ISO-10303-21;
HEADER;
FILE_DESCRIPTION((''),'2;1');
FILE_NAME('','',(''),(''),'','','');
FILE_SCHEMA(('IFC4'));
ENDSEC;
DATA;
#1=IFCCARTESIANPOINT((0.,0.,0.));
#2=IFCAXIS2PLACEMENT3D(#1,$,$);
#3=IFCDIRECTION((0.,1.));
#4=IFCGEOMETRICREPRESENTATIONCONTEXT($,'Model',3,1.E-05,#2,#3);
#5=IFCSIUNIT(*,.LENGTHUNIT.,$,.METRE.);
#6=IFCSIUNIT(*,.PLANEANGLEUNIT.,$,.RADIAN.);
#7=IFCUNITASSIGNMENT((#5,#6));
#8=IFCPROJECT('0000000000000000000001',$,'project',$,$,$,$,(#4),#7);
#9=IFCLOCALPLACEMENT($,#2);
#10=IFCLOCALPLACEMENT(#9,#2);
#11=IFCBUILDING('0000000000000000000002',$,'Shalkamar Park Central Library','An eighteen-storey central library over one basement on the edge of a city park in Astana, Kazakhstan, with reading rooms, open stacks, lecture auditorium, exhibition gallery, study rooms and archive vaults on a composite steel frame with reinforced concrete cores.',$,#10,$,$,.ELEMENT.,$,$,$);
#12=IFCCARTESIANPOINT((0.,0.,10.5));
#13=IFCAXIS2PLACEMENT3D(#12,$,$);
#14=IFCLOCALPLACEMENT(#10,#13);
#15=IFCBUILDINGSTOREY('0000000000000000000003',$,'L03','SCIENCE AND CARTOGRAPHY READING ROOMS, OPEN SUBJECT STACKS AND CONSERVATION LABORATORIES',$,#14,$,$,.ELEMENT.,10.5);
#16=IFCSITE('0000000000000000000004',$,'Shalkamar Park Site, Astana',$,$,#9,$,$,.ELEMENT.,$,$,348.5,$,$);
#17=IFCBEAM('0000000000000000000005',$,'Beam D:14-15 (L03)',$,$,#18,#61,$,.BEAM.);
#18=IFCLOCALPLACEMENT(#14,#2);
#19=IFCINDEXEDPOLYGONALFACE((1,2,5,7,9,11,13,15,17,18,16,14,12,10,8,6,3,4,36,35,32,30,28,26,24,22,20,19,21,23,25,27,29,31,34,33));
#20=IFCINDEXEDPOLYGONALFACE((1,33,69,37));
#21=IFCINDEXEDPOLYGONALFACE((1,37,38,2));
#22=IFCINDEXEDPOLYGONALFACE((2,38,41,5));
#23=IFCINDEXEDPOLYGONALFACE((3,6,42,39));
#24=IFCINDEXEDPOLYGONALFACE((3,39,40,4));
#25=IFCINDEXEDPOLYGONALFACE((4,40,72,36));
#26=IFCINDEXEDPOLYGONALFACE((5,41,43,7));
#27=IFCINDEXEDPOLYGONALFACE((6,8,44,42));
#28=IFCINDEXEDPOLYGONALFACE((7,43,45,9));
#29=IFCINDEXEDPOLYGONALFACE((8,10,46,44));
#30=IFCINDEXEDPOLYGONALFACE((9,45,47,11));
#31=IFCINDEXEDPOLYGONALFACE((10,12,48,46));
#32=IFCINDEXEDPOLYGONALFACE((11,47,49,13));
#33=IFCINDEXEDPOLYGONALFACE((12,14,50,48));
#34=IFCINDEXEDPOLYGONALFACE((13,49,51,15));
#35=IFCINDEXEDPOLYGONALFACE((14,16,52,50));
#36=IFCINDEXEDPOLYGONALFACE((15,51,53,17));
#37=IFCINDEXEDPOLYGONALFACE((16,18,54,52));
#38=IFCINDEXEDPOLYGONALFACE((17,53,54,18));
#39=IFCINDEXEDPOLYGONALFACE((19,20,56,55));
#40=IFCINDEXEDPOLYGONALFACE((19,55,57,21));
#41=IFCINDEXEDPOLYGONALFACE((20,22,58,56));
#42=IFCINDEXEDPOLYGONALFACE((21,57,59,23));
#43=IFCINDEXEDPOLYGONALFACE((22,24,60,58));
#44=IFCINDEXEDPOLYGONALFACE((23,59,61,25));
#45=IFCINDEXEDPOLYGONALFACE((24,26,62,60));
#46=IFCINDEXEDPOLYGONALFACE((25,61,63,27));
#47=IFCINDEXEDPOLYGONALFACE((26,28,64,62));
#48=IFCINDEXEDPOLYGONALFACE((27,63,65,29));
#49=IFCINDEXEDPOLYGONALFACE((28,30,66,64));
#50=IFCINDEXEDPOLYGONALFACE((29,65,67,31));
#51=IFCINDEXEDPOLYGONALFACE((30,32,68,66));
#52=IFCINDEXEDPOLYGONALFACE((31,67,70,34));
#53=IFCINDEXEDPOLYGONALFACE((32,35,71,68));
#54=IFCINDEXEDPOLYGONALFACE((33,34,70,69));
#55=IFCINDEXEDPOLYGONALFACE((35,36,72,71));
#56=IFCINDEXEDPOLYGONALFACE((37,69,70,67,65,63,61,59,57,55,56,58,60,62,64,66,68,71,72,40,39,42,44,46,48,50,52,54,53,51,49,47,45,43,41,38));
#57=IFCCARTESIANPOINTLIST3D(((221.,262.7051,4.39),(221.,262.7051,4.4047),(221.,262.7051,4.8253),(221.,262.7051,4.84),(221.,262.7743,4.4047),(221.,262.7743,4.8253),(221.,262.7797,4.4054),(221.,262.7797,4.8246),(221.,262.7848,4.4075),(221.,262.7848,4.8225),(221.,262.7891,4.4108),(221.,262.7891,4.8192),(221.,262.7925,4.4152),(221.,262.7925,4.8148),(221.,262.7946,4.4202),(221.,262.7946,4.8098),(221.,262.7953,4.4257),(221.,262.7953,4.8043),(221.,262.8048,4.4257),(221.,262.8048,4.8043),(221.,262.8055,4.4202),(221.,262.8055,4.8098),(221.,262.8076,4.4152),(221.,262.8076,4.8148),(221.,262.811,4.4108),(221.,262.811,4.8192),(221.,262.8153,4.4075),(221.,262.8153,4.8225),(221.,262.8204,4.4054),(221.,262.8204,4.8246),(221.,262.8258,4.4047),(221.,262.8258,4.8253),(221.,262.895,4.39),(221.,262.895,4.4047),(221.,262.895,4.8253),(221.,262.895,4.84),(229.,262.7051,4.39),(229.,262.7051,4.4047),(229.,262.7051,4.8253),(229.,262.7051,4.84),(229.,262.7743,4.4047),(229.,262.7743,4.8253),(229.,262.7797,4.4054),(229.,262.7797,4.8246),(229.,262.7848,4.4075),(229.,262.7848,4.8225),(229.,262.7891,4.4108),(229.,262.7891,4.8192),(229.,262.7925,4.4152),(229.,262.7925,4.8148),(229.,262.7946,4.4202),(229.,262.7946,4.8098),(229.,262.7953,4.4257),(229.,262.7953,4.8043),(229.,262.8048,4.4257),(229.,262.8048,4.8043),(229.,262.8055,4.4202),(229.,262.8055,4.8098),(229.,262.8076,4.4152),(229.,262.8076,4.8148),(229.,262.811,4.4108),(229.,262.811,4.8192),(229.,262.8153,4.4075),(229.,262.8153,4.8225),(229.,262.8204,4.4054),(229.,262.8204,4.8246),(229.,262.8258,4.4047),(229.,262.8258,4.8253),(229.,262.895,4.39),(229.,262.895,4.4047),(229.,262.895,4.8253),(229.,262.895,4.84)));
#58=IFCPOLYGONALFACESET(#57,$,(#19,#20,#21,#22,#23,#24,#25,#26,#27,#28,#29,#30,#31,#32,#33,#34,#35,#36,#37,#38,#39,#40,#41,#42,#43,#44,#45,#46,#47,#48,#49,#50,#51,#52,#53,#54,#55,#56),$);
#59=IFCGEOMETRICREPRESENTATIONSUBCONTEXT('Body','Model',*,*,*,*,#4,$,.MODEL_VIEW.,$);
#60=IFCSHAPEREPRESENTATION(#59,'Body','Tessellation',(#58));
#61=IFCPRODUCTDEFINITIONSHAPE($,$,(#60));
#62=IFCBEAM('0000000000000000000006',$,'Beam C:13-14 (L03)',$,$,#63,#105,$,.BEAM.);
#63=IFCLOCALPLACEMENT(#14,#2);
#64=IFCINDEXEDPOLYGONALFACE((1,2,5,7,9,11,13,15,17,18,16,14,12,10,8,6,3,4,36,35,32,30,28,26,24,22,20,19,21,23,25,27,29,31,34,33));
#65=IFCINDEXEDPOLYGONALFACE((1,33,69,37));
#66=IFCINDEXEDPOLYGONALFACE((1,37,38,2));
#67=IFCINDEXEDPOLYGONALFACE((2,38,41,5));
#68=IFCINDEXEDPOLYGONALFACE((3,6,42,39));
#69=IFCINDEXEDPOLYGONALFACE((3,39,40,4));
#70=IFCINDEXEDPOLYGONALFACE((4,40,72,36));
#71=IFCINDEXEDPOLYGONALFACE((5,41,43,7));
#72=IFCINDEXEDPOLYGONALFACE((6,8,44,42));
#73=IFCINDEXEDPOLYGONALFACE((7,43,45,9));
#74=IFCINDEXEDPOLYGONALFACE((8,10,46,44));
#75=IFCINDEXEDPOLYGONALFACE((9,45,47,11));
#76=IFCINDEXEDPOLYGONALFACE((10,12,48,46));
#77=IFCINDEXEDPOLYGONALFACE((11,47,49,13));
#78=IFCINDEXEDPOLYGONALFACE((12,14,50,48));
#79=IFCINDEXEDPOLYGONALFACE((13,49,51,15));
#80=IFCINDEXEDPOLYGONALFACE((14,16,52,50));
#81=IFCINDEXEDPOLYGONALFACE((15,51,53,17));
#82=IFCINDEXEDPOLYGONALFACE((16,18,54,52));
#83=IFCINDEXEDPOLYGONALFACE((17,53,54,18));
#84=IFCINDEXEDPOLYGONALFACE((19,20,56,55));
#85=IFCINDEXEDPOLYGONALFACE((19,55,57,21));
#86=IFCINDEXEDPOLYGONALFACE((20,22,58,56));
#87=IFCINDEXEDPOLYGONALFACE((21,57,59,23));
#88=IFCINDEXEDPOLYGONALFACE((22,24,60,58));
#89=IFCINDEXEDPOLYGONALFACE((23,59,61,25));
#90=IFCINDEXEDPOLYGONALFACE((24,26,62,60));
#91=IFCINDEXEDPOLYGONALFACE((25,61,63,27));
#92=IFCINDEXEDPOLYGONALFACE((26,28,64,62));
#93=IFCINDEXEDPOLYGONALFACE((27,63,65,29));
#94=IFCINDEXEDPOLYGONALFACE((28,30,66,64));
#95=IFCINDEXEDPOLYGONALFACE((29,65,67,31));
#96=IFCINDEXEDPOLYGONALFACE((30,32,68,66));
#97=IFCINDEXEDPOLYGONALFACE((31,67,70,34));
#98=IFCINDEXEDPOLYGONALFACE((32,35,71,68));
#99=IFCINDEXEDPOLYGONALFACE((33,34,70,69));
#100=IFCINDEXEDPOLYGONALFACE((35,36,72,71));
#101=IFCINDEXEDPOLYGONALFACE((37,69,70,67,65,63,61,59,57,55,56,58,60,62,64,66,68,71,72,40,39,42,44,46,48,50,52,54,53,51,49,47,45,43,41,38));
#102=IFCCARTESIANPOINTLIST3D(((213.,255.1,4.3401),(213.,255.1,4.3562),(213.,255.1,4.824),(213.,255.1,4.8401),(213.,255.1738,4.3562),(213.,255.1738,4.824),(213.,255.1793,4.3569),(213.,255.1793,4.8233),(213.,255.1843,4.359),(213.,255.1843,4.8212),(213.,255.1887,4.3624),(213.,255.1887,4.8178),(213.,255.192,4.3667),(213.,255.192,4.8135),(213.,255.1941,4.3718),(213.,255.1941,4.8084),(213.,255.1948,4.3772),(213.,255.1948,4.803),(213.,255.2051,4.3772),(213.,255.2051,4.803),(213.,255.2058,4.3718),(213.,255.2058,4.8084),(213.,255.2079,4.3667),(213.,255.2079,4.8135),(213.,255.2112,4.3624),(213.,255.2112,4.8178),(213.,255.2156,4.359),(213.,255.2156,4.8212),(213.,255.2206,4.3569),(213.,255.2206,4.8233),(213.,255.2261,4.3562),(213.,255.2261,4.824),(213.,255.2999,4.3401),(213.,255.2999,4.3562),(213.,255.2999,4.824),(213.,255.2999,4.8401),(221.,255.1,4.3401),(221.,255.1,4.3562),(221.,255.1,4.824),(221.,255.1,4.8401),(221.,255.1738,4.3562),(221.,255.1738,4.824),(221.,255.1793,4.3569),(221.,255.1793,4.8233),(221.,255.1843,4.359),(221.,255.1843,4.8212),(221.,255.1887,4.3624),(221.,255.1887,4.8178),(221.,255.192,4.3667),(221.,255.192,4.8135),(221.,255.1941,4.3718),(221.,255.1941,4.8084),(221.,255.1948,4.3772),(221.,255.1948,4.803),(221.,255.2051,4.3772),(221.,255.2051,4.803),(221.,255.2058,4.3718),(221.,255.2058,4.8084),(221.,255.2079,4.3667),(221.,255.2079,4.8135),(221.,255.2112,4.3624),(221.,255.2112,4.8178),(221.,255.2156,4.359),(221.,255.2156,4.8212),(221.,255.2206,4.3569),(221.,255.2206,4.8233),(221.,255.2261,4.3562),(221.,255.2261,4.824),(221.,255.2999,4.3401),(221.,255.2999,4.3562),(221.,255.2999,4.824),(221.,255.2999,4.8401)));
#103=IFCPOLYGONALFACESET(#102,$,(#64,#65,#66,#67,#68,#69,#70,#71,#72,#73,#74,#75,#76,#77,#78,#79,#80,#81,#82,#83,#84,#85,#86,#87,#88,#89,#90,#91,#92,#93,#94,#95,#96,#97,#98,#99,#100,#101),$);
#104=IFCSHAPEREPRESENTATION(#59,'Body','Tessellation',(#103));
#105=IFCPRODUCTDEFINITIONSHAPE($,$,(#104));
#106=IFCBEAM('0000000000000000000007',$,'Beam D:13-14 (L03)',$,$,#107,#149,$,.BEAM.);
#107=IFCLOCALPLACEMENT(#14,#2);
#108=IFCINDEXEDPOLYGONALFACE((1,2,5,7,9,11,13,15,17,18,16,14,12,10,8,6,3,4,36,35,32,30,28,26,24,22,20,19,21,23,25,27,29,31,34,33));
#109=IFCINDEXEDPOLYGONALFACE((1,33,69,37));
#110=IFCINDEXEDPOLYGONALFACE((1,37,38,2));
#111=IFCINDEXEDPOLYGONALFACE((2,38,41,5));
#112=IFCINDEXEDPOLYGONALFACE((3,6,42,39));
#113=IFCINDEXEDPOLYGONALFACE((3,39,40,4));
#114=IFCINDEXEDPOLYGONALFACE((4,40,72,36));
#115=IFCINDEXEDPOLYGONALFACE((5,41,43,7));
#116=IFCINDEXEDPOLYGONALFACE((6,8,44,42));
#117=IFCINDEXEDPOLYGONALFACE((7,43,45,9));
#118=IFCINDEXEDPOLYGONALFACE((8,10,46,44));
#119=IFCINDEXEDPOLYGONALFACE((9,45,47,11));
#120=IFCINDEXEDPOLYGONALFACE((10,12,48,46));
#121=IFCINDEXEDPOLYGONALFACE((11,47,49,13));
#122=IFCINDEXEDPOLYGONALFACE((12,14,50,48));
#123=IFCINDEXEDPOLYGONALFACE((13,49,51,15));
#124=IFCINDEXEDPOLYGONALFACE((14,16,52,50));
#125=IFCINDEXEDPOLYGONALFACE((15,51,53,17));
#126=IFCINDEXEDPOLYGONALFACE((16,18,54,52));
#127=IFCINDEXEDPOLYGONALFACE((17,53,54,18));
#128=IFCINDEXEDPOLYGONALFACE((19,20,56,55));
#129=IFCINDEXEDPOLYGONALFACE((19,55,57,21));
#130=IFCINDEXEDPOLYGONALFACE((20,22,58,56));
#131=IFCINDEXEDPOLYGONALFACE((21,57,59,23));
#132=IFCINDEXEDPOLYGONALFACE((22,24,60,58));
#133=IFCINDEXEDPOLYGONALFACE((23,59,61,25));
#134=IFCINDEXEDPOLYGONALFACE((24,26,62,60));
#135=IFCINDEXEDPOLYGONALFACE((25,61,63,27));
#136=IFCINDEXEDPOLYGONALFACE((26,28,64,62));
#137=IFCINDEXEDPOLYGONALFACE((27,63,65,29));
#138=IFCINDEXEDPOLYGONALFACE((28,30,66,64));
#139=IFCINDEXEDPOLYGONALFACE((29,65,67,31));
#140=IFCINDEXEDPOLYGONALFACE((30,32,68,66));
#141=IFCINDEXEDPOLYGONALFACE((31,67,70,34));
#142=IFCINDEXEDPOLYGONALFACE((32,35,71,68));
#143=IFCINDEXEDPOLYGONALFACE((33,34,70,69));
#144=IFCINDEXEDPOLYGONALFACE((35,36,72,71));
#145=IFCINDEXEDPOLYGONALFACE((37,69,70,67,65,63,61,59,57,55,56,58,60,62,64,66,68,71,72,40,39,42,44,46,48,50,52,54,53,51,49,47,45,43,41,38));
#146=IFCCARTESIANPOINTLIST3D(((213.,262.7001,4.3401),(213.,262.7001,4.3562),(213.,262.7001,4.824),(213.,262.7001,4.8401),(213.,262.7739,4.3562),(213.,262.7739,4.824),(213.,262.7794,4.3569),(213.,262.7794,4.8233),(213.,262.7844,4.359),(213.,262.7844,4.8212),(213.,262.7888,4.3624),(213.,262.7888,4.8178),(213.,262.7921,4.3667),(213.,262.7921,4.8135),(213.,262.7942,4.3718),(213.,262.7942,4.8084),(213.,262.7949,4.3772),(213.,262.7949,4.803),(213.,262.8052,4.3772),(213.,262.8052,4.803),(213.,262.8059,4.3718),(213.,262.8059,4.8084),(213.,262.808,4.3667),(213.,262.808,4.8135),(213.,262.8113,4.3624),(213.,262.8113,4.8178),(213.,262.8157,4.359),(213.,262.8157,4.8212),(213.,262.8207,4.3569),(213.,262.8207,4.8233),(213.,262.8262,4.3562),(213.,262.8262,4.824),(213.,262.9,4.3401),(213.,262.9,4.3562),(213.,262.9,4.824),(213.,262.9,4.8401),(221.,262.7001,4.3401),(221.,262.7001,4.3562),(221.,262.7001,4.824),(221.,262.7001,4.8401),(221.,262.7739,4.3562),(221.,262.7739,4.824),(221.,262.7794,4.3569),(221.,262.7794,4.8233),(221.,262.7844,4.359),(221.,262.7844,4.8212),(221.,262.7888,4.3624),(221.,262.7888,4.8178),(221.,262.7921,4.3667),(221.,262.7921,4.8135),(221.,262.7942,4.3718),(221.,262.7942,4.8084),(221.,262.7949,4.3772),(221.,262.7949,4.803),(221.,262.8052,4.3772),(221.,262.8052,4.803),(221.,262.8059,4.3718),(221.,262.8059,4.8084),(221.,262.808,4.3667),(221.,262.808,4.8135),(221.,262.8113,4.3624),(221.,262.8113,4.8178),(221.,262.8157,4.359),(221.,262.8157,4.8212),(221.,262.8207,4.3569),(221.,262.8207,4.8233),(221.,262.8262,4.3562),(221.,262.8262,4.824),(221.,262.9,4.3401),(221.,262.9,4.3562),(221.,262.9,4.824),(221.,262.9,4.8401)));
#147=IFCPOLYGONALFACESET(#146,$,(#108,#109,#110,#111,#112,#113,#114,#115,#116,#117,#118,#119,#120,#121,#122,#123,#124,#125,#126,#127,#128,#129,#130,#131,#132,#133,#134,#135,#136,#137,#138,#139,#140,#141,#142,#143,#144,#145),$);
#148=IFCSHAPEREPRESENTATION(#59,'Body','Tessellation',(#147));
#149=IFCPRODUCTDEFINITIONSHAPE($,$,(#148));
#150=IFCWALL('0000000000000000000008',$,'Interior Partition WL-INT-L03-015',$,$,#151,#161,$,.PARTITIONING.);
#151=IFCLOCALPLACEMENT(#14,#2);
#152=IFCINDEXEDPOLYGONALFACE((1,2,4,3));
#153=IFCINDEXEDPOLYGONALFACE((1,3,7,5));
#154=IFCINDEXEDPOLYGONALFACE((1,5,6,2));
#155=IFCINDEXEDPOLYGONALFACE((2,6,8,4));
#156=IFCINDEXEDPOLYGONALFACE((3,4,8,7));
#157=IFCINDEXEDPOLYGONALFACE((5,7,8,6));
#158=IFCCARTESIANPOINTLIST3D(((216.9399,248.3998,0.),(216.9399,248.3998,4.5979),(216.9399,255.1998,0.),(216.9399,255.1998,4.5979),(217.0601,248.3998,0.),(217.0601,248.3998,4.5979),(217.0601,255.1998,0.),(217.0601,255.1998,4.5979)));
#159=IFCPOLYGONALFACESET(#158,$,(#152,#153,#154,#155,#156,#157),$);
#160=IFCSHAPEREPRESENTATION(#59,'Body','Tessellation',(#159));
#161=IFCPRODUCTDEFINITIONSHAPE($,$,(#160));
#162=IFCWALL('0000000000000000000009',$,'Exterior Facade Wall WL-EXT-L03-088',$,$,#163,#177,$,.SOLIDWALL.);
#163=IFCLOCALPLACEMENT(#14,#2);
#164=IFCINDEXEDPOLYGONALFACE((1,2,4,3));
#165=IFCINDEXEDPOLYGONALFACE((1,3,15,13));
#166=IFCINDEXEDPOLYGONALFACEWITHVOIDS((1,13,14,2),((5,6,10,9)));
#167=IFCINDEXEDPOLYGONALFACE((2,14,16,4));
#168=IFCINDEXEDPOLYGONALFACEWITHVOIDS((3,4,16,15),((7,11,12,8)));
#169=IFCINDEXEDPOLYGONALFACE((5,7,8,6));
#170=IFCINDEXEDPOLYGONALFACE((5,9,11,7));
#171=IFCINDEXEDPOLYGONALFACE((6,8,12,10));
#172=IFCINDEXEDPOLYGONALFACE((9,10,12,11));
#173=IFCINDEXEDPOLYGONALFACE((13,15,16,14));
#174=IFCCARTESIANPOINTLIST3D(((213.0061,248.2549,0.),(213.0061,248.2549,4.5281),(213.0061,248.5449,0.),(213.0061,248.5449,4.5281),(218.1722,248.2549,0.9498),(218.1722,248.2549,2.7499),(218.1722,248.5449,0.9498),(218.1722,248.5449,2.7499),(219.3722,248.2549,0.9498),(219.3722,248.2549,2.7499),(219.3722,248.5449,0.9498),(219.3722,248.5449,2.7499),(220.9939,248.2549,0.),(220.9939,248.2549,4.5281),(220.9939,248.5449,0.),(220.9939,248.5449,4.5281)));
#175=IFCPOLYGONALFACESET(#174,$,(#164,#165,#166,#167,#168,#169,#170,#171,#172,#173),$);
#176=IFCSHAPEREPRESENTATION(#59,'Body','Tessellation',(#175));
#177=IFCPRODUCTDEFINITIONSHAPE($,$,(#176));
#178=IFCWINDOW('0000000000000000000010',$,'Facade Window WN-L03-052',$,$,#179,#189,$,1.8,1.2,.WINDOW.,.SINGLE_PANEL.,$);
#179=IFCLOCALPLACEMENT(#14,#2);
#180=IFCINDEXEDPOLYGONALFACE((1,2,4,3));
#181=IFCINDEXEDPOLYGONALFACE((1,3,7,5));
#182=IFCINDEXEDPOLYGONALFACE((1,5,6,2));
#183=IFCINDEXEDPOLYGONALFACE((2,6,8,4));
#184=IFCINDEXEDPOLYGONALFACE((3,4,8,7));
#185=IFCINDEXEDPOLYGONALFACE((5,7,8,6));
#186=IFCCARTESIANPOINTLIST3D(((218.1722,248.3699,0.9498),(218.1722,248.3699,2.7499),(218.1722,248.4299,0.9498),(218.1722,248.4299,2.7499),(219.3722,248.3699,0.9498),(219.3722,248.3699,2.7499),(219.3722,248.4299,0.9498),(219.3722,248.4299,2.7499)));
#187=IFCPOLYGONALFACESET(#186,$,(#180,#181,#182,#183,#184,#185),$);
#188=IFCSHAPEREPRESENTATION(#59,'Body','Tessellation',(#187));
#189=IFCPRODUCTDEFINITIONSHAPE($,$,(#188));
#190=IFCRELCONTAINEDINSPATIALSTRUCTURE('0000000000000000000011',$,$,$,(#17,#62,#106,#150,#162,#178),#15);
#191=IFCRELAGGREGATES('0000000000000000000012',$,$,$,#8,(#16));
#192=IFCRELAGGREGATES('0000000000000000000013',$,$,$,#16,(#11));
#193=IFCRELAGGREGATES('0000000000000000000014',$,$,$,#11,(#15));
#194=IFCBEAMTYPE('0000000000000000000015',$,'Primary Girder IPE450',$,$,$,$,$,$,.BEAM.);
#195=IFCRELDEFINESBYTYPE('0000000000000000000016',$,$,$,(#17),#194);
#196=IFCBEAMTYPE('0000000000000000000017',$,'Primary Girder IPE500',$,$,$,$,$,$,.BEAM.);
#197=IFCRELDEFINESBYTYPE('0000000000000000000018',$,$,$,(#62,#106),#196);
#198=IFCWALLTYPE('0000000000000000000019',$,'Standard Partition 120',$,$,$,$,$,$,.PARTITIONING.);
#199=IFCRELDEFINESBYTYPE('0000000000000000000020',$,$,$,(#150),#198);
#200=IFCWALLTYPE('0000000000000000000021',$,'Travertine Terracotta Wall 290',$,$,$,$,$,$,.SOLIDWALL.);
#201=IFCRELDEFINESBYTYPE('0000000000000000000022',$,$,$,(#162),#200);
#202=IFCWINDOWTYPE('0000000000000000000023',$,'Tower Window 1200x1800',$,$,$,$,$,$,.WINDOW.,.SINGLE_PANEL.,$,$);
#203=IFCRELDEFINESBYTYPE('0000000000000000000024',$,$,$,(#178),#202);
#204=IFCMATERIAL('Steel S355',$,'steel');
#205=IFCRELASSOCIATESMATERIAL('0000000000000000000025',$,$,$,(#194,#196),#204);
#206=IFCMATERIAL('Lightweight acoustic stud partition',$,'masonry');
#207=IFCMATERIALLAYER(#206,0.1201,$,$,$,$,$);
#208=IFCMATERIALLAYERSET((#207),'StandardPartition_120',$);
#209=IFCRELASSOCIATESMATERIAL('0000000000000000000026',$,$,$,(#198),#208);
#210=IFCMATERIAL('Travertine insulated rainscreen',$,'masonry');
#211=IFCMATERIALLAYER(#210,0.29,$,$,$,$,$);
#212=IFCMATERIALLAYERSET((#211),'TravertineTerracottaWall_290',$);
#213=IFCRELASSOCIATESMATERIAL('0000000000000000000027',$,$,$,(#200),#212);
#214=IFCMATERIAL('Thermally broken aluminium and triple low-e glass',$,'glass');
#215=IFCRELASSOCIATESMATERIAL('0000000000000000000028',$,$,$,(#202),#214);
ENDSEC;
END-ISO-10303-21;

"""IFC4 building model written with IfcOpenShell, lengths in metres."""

from ifc_helpers import new_model, si_unit, direction, frame, frame_2d, origin, origin_2d, place, context, subcontext, project, spatial, rectangle, i_section, extrude, material, layer, layer_set, material_profile, profile_set, type_object, element, fill, save


model = new_model("IFC4")

# Units and contexts
model_context = context("Model", 3, precision=1e-05, world=origin(), true_north=direction((0.0, 1.0)))
body_context = subcontext(model_context, "Body", "Model", "MODEL_VIEW")
ifc_project = project(units=[si_unit("LENGTHUNIT", "METRE"), si_unit("PLANEANGLEUNIT", "RADIAN")], contexts=[model_context])

# Site, building, storey
site_placement = place(None, origin())
site = spatial("IfcSite", under=ifc_project, at=site_placement, Name="Shalkamar Park Site, Astana", CompositionType="ELEMENT", RefElevation=348.5)
building_placement = place(site_placement, origin())
building = spatial("IfcBuilding", under=site, at=building_placement, Name="Shalkamar Park Central Library", Description="An eighteen-storey central library over one basement on the edge of a city park in Astana, Kazakhstan, with reading rooms, open stacks, lecture auditorium, exhibition gallery, study rooms and archive vaults on a composite steel frame with reinforced concrete cores.", CompositionType="ELEMENT")
storey_placement = place(building_placement, frame((0.0, 0.0, 10.5)))
storey = spatial("IfcBuildingStorey", under=building, at=storey_placement, Name="L03", Description="SCIENCE AND CARTOGRAPHY READING ROOMS, OPEN SUBJECT STACKS AND CONSERVATION LABORATORIES", CompositionType="ELEMENT", Elevation=10.5)

# Shared definitions
ifc_material_1 = material(Name="Steel S355", Category="steel")

# Beams
ifc_material_profile_1 = material_profile(ifc_material_1, i_section(OverallWidth=0.1899, OverallDepth=0.45, WebThickness=0.0095, FlangeThickness=0.0146, FilletRadius=0.021, at=origin_2d()), Name="IPE 450")
ifc_profile_set_1 = profile_set([ifc_material_profile_1], Name="Steel S355")
beam_type_1 = type_object("IfcBeamType", Name="Primary Girder IPE450", PredefinedType="BEAM", material=ifc_profile_set_1)
for number, where, z_axis, x_axis, name in (
    (1, (221.0, 262.8, 4.615), (1.0, 0.0, 0.0), (0.0, 1.0, 0.0), "Beam D:14-15 (L03)"),
):
    element("IfcBeam", number, at=place(storey_placement, frame(where, z_axis=z_axis, x_axis=x_axis)), inside=storey, type_object=beam_type_1, Name=name, PredefinedType="BEAM", context=body_context, shape_type="SweptSolid", body=[
        extrude(i_section(OverallWidth=0.1899, OverallDepth=0.45, WebThickness=0.0095, FlangeThickness=0.0146, FilletRadius=0.021, at=origin_2d()), origin(), (0.0, 0.0, 1.0), 8.0),
    ])
ifc_material_profile_2 = material_profile(ifc_material_1, i_section(OverallWidth=0.2, OverallDepth=0.5, WebThickness=0.0103, FlangeThickness=0.0161, FilletRadius=0.021, at=origin_2d()), Name="IPE 500")
ifc_profile_set_2 = profile_set([ifc_material_profile_2], Name="Steel S355")
beam_type_2 = type_object("IfcBeamType", Name="Primary Girder IPE500", PredefinedType="BEAM", material=ifc_profile_set_2)
for number, where, z_axis, x_axis, name in (
    (2, (213.0, 255.2, 4.5901), (1.0, 0.0, 0.0), (0.0, 1.0, 0.0), "Beam C:13-14 (L03)"),
    (3, (213.0, 262.8, 4.5901), (1.0, 0.0, 0.0), (0.0, 1.0, 0.0), "Beam D:13-14 (L03)"),
):
    element("IfcBeam", number, at=place(storey_placement, frame(where, z_axis=z_axis, x_axis=x_axis)), inside=storey, type_object=beam_type_2, Name=name, PredefinedType="BEAM", context=body_context, shape_type="SweptSolid", body=[
        extrude(i_section(OverallWidth=0.2, OverallDepth=0.5, WebThickness=0.0103, FlangeThickness=0.0161, FilletRadius=0.021, at=origin_2d()), origin(), (0.0, 0.0, 1.0), 8.0),
    ])

# Wall
ifc_material_2 = material(Name="Lightweight acoustic stud partition", Category="masonry")
ifc_layer_1 = layer(ifc_material_2, 0.1201)
ifc_layer_set_1 = layer_set([ifc_layer_1], Name="StandardPartition_120")
wall_type_1 = type_object("IfcWallType", Name="Standard Partition 120", PredefinedType="PARTITIONING", material=ifc_layer_set_1)
wall_1_placement = place(storey_placement, frame((217.0, 248.3999, 0.0), z_axis=(0.0, 0.0, 1.0), x_axis=(0.0, 1.0, 0.0)))
element("IfcWall", 4, at=wall_1_placement, inside=storey, type_object=wall_type_1, Name="Interior Partition WL-INT-L03-015", PredefinedType="PARTITIONING", context=body_context, shape_type="SweptSolid", body=[
    extrude(rectangle(XDim=6.8, YDim=0.1201, at=frame_2d((3.3999, 0.0))), origin(), (0.0, 0.0, 1.0), 4.5979),
])

# Wall, opening, window
ifc_material_3 = material(Name="Travertine insulated rainscreen", Category="masonry")
ifc_layer_2 = layer(ifc_material_3, 0.29)
ifc_layer_set_2 = layer_set([ifc_layer_2], Name="TravertineTerracottaWall_290")
wall_type_2 = type_object("IfcWallType", Name="Travertine Terracotta Wall 290", PredefinedType="SOLIDWALL", material=ifc_layer_set_2)
wall_2_placement = place(storey_placement, frame((213.0061, 248.3999, 0.0), z_axis=(0.0, 0.0, 1.0), x_axis=(1.0, 0.0, 0.0)))
wall_2 = element("IfcWall", 5, at=wall_2_placement, inside=storey, type_object=wall_type_2, Name="Exterior Facade Wall WL-EXT-L03-088", PredefinedType="SOLIDWALL", context=body_context, shape_type="SweptSolid", body=[
    extrude(rectangle(XDim=7.9878, YDim=0.29, at=frame_2d((3.9939, 0.0))), origin(), (0.0, 0.0, 1.0), 4.5281),
])
opening_placement = place(wall_2_placement, frame((5.166, 0.0, 0.95)))
opening = element("IfcOpeningElement", 6, at=opening_placement, cuts=wall_2, PredefinedType="OPENING", context=body_context, shape_type="SweptSolid", body=[
    extrude(rectangle(XDim=1.2, YDim=1.8, at=frame_2d((0.6001, 0.8999))), frame((0.0, 0.1599, 0.0), z_axis=(0.0, -1.0, 0.0), x_axis=(1.0, 0.0, 0.0)), (0.0, 0.0, 1.0), 0.3198),
])
ifc_material_4 = material(Name="Thermally broken aluminium and triple low-e glass", Category="glass")
window_type = type_object("IfcWindowType", Name="Tower Window 1200x1800", PartitioningType="SINGLE_PANEL", PredefinedType="WINDOW", material=ifc_material_4)
window_placement = place(opening_placement, origin())
window = element("IfcWindow", 7, at=window_placement, inside=storey, type_object=window_type, Name="Facade Window WN-L03-052", OverallHeight=1.8, OverallWidth=1.2, PartitioningType="SINGLE_PANEL", PredefinedType="WINDOW", context=body_context, shape_type="SweptSolid", body=[
    extrude(rectangle(XDim=1.2, YDim=1.8, at=frame_2d((0.6001, 0.8999))), frame((0.0, 0.03, 0.0), z_axis=(0.0, -1.0, 0.0), x_axis=(1.0, 0.0, 0.0)), (0.0, 0.0, 1.0), 0.0601),
])
fill(opening, window)

save(model, "model.ifc")
